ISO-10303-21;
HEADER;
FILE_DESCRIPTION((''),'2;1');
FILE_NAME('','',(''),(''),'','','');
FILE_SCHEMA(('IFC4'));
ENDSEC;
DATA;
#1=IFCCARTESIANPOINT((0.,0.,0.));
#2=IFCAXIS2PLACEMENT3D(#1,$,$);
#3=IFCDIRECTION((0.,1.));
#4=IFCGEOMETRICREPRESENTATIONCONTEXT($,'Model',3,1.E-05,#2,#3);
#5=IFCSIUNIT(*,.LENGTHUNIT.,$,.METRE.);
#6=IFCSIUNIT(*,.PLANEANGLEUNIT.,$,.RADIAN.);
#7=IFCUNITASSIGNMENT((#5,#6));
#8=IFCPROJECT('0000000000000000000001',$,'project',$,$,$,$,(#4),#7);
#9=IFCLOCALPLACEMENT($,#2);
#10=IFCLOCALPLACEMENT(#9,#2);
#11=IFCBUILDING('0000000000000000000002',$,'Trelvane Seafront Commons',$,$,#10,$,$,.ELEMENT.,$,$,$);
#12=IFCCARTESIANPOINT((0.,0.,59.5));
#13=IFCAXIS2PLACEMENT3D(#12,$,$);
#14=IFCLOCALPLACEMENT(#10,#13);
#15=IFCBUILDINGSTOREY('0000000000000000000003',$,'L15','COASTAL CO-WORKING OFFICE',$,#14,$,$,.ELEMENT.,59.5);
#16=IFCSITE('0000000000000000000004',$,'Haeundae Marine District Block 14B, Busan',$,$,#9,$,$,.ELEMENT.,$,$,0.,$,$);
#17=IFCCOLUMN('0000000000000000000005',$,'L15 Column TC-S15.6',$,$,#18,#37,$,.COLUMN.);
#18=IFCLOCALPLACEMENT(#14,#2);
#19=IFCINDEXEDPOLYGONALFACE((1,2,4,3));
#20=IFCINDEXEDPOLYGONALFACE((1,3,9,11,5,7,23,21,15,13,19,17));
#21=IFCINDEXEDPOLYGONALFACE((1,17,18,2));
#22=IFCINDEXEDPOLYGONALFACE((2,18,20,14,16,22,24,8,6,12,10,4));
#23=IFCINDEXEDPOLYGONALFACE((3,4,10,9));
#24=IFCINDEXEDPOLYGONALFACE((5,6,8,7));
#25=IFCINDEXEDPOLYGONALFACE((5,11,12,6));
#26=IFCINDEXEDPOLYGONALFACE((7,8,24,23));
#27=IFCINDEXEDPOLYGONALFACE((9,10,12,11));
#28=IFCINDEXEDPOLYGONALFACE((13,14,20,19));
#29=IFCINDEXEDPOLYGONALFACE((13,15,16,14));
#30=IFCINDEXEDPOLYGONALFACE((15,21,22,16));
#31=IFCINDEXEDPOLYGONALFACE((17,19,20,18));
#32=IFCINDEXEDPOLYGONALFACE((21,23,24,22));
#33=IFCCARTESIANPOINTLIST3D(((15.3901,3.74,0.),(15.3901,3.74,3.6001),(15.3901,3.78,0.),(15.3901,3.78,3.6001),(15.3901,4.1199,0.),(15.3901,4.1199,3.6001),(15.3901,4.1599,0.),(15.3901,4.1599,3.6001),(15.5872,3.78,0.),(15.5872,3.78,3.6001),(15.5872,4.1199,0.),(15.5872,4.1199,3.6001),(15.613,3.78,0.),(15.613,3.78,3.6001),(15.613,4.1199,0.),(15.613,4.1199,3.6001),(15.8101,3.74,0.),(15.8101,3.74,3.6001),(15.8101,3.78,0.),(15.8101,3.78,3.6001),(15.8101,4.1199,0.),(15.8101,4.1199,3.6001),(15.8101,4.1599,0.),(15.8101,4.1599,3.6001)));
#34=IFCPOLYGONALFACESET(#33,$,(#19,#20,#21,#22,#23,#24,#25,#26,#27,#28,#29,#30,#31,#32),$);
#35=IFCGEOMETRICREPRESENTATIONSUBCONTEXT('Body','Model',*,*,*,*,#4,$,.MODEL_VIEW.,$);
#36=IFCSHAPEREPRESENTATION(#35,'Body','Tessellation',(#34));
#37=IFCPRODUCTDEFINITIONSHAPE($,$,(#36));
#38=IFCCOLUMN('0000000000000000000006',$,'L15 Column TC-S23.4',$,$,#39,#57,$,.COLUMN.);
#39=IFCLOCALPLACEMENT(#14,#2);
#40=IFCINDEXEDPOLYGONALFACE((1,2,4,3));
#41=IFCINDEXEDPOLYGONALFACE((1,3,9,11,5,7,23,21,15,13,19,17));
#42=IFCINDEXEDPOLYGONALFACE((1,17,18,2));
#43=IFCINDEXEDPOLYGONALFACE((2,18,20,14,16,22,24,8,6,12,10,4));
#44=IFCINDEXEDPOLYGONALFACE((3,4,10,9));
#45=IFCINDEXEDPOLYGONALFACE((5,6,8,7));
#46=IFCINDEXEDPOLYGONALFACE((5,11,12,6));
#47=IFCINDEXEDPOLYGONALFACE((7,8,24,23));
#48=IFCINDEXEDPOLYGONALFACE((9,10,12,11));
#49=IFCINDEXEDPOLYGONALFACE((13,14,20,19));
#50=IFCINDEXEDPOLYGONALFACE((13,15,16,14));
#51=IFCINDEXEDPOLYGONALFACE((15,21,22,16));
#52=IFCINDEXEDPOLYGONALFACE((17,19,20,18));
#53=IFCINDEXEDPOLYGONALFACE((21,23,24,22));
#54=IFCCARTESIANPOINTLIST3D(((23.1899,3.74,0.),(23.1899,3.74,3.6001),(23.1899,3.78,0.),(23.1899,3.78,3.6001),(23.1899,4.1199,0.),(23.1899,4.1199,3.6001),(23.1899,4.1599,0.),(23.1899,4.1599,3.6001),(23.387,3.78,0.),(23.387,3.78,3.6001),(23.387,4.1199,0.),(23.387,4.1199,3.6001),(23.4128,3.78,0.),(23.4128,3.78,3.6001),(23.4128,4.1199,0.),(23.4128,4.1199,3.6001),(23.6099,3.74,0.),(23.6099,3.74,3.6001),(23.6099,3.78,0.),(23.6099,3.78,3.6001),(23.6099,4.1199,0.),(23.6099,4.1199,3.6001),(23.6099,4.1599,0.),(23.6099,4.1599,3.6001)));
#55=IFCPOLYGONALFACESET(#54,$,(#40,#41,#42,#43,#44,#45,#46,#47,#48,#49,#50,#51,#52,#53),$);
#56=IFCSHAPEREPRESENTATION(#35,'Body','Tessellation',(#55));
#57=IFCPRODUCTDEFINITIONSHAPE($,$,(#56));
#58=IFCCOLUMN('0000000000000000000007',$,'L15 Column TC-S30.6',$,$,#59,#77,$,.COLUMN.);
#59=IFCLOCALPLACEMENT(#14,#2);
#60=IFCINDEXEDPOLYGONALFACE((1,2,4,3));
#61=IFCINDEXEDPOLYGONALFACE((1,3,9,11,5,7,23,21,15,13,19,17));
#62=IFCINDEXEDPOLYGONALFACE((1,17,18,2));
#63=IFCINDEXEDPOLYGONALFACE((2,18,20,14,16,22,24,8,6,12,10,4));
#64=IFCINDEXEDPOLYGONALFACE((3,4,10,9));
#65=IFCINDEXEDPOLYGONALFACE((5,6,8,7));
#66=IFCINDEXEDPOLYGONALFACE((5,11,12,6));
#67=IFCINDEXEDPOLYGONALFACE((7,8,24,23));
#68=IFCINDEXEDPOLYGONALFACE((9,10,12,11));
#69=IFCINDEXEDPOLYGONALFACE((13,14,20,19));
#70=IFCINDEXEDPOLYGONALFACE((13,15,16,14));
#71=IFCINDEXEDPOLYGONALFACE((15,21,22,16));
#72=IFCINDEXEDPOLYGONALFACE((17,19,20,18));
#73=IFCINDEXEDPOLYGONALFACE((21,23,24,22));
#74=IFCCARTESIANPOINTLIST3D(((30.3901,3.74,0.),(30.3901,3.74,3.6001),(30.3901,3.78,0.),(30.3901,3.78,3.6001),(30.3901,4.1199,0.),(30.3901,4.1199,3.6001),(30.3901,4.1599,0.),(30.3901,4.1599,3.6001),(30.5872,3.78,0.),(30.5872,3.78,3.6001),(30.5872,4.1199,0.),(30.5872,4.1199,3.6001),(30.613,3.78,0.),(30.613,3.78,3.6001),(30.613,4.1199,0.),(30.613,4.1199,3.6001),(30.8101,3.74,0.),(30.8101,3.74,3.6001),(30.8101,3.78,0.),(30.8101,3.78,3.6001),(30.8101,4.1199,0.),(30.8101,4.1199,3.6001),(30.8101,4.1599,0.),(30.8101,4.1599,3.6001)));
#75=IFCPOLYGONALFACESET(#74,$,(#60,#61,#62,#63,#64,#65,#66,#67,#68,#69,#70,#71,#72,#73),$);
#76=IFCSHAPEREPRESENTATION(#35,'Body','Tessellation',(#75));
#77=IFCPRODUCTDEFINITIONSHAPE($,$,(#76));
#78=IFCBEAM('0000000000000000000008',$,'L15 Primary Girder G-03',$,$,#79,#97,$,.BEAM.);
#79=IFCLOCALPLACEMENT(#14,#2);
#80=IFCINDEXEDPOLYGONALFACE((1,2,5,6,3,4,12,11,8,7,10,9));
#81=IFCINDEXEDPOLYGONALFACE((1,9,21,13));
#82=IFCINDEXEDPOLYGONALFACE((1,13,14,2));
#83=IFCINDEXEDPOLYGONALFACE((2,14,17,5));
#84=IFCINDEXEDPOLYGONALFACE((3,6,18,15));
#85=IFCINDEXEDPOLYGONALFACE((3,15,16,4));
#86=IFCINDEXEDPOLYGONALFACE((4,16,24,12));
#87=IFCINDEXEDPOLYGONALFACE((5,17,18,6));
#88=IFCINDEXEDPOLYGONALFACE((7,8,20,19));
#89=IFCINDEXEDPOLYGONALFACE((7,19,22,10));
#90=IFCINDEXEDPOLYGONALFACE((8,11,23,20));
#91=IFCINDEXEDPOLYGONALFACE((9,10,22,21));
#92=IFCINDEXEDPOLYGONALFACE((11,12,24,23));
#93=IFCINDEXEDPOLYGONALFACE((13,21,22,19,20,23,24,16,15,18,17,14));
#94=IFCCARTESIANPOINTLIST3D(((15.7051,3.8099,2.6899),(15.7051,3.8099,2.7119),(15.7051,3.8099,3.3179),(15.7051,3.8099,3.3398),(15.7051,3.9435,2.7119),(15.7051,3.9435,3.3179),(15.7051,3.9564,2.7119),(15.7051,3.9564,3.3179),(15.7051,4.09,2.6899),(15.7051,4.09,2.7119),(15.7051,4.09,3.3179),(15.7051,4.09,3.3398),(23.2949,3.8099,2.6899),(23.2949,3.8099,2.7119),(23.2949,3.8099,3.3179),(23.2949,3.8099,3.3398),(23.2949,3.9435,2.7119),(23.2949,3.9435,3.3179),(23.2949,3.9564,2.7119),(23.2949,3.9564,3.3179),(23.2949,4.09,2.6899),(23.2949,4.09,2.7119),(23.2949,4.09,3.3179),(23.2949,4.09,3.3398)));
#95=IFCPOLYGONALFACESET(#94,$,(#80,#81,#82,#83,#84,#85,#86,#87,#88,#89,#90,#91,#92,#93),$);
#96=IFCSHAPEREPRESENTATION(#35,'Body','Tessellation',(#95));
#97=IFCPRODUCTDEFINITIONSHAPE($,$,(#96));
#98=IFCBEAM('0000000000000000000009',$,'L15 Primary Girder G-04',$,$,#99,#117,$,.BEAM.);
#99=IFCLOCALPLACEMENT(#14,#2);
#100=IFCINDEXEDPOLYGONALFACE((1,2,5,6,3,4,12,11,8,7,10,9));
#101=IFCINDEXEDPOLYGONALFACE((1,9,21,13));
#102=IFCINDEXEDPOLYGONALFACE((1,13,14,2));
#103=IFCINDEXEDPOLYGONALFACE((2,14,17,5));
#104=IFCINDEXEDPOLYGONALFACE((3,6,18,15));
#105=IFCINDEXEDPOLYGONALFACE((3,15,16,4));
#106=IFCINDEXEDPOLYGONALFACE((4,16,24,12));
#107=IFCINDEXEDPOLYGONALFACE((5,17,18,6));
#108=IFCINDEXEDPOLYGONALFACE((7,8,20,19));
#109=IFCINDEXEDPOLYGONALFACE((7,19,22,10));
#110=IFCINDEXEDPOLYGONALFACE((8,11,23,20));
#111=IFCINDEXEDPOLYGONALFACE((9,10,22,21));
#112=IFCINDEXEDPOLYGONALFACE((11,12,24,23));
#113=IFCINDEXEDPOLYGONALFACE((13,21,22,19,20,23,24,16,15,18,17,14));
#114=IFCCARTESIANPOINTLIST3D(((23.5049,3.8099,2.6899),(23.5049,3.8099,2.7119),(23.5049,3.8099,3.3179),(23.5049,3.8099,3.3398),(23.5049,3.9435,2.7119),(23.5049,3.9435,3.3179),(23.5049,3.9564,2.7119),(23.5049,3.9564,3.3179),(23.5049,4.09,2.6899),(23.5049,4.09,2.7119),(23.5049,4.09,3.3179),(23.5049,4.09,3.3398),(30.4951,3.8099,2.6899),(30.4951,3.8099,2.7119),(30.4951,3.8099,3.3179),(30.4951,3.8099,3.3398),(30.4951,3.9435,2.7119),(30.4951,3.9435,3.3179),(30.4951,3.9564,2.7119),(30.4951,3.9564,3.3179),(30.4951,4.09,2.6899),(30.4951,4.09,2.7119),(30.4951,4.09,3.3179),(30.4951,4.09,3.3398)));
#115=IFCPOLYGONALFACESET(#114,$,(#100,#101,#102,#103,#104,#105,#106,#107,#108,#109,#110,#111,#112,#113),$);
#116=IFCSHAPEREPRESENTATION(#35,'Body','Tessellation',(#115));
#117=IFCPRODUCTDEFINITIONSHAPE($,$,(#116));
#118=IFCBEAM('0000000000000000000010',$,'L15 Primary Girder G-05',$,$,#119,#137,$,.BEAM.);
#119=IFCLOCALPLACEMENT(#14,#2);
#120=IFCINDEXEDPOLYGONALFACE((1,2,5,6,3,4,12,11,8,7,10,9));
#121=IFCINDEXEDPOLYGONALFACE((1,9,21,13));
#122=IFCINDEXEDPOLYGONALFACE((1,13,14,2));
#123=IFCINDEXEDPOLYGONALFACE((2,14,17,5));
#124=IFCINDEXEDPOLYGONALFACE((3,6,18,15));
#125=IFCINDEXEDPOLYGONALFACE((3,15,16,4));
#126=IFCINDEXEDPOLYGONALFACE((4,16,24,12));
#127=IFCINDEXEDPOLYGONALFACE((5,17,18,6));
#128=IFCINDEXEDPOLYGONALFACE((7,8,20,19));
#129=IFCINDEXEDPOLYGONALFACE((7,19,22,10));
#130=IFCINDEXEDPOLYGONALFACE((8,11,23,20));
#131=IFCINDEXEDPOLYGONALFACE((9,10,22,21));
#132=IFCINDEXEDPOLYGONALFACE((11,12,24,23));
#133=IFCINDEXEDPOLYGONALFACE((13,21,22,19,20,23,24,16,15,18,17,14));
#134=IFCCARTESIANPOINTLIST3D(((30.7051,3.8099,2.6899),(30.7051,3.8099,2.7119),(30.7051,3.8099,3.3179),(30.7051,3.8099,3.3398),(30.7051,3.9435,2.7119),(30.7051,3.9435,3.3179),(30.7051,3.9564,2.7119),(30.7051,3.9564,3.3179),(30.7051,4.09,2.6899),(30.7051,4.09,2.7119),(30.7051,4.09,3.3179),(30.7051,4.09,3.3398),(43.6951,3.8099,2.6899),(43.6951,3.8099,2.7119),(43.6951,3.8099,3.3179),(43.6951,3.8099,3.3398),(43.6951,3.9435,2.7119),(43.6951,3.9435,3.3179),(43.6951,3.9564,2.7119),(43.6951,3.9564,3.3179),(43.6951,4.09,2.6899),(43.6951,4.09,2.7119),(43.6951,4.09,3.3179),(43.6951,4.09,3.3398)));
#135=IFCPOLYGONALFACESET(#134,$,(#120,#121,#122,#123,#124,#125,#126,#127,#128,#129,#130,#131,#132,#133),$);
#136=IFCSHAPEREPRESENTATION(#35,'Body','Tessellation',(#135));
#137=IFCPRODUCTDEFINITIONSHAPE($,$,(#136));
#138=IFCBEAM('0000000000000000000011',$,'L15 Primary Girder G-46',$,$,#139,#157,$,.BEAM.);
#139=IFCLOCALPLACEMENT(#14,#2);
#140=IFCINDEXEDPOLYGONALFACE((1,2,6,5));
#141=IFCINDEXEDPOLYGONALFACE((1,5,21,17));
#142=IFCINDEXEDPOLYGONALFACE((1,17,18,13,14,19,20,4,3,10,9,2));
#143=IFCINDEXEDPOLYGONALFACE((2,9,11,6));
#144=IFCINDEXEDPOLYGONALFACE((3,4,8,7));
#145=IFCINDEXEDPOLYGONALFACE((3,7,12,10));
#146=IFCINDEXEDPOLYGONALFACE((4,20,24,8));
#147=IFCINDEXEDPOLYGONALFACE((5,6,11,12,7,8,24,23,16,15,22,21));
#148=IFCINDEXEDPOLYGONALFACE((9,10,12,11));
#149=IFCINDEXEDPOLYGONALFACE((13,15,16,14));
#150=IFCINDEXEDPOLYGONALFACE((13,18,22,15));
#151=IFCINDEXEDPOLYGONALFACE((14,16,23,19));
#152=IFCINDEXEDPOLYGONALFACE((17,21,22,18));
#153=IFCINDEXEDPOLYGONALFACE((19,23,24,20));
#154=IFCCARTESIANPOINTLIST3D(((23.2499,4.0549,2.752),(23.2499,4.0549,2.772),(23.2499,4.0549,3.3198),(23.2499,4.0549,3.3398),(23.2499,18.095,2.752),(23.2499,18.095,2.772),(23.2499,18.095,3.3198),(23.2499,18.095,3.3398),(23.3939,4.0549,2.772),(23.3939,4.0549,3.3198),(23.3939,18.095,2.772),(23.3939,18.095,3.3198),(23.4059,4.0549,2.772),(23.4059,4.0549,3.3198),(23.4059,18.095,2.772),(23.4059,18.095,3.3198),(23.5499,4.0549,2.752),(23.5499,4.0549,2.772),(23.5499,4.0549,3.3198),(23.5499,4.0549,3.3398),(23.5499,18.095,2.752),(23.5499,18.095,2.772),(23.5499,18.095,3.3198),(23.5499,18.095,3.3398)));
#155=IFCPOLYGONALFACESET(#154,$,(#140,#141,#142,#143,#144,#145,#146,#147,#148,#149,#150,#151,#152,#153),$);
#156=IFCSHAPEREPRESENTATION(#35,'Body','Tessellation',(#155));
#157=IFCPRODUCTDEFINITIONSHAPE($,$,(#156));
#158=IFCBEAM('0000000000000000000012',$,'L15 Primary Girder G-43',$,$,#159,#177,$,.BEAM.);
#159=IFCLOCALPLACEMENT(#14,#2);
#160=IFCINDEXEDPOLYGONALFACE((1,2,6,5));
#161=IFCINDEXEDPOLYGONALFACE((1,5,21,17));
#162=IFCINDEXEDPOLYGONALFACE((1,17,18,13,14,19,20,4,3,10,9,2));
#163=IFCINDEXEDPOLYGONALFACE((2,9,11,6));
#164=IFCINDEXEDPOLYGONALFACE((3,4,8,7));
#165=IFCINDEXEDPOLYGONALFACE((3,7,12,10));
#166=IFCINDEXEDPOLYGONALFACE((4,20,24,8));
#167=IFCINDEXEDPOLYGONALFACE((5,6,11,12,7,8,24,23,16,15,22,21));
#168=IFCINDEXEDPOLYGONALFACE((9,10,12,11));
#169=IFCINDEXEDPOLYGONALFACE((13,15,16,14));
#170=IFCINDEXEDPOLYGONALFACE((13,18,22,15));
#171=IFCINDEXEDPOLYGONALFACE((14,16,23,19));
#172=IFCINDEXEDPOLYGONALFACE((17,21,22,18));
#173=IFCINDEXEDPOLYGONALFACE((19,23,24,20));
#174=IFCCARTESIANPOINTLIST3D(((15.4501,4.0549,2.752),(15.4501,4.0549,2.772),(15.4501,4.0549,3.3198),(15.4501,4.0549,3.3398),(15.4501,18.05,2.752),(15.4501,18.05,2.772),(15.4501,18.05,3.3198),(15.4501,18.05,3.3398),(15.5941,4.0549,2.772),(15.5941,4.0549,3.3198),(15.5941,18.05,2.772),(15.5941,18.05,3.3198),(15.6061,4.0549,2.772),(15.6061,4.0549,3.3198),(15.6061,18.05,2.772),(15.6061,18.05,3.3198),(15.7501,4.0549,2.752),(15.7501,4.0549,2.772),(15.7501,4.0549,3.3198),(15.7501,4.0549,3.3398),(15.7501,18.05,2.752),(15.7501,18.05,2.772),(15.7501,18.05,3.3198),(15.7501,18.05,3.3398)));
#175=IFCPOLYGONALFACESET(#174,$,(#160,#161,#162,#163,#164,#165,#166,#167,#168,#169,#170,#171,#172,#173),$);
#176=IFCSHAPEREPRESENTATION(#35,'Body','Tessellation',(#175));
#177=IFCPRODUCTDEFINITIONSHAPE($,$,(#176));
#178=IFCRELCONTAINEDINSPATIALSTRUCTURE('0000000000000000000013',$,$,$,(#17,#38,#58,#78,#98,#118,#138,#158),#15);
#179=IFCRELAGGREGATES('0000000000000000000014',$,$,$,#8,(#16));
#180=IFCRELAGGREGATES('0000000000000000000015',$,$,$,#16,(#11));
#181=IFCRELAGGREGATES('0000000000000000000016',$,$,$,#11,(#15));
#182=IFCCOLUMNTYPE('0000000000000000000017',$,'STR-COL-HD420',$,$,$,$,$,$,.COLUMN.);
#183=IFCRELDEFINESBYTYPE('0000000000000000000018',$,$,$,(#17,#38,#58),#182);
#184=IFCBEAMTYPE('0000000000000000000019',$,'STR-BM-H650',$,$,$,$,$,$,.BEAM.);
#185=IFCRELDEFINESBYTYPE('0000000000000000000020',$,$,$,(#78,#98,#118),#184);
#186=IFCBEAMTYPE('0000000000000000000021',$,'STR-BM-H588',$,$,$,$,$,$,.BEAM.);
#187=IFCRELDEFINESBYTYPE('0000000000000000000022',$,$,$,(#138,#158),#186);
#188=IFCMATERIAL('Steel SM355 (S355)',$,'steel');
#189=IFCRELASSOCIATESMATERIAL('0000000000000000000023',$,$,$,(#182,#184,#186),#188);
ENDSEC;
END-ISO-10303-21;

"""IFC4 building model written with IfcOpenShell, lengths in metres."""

from ifc_helpers import new_model, si_unit, direction, frame, origin, origin_2d, place, context, subcontext, project, spatial, i_section, extrude, source, transform, mapped, material, material_profile, profile_set, type_object, element, save


model = new_model("IFC4")

# Units and contexts
model_context = context("Model", 3, precision=1e-05, world=origin(), true_north=direction((0.0, 1.0)))
body_context = subcontext(model_context, "Body", "Model", "MODEL_VIEW")
ifc_project = project(units=[si_unit("LENGTHUNIT", "METRE"), si_unit("PLANEANGLEUNIT", "RADIAN")], contexts=[model_context])

# Site, building, storey
site_placement = place(None, origin())
site = spatial("IfcSite", under=ifc_project, at=site_placement, Name="Haeundae Marine District Block 14B, Busan", CompositionType="ELEMENT", RefElevation=0.0)
building_placement = place(site_placement, origin())
building = spatial("IfcBuilding", under=site, at=building_placement, Name="Trelvane Seafront Commons", CompositionType="ELEMENT")
storey_placement = place(building_placement, frame((0.0, 0.0, 59.5)))
storey = spatial("IfcBuildingStorey", under=building, at=storey_placement, Name="L15", Description="COASTAL CO-WORKING OFFICE", CompositionType="ELEMENT", Elevation=59.5)

# Columns
ifc_material_1 = material(Name="Steel SM355 (S355)", Category="steel")
ifc_material_profile_1 = material_profile(ifc_material_1, i_section(OverallWidth=0.4199, OverallDepth=0.4199, WebThickness=0.0259, FlangeThickness=0.04, at=origin_2d()), Name="HD-420x420x26x40")
ifc_profile_set_1 = profile_set([ifc_material_profile_1], Name="Steel SM355 (S355)")
column_type = type_object("IfcColumnType", Name="STR-COL-HD420", PredefinedType="COLUMN", material=ifc_profile_set_1)
shared_shape_1 = source(origin(), body_context, "Body", "SweptSolid", [
    extrude(i_section(OverallWidth=0.4199, OverallDepth=0.4199, WebThickness=0.0259, FlangeThickness=0.04, at=origin_2d()), origin(), (0.0, 0.0, 1.0), 3.6001),
])
for number, where, z_axis, x_axis, name in (
    (1, (15.6001, 3.95, 0.0), (0.0, 0.0, 1.0), (1.0, 0.0, 0.0), "L15 Column TC-S15.6"),
    (2, (23.3999, 3.95, 0.0), (0.0, 0.0, 1.0), (1.0, 0.0, 0.0), "L15 Column TC-S23.4"),
    (3, (30.6001, 3.95, 0.0), (0.0, 0.0, 1.0), (1.0, 0.0, 0.0), "L15 Column TC-S30.6"),
):
    element("IfcColumn", number, at=place(storey_placement, frame(where, z_axis=z_axis, x_axis=x_axis)), inside=storey, type_object=column_type, Name=name, PredefinedType="COLUMN", context=body_context, shape_type="MappedRepresentation", body=[
        mapped(shared_shape_1, transform((0.0, 0.0, 0.0), x_axis=(1.0, 0.0, 0.0), y_axis=(0.0, 1.0, 0.0), z_axis=(0.0, 0.0, 1.0), scale=1.0)),
    ])

# Beams
ifc_material_profile_2 = material_profile(ifc_material_1, i_section(OverallWidth=0.28, OverallDepth=0.6499, WebThickness=0.0129, FlangeThickness=0.022, at=origin_2d()), Name="H-650x280x13x22")
ifc_profile_set_2 = profile_set([ifc_material_profile_2], Name="Steel SM355 (S355)")
beam_type_1 = type_object("IfcBeamType", Name="STR-BM-H650", PredefinedType="BEAM", material=ifc_profile_set_2)
shared_shape_2 = source(origin(), body_context, "Body", "SweptSolid", [
    extrude(i_section(OverallWidth=0.28, OverallDepth=0.6499, WebThickness=0.0129, FlangeThickness=0.022, at=origin_2d()), origin(), (0.0, 0.0, 1.0), 7.5898),
])
beam_1_placement = place(storey_placement, frame((15.7051, 3.95, 3.0149), z_axis=(1.0, 0.0, 0.0), x_axis=(0.0, 1.0, 0.0)))
element("IfcBeam", 4, at=beam_1_placement, inside=storey, type_object=beam_type_1, Name="L15 Primary Girder G-03", PredefinedType="BEAM", context=body_context, shape_type="MappedRepresentation", body=[
    mapped(shared_shape_2, transform((0.0, 0.0, 0.0), x_axis=(1.0, 0.0, 0.0), y_axis=(0.0, 1.0, 0.0), z_axis=(0.0, 0.0, 1.0), scale=1.0)),
])
shared_shape_3 = source(origin(), body_context, "Body", "SweptSolid", [
    extrude(i_section(OverallWidth=0.28, OverallDepth=0.6499, WebThickness=0.0129, FlangeThickness=0.022, at=origin_2d()), origin(), (0.0, 0.0, 1.0), 6.9902),
])
beam_2_placement = place(storey_placement, frame((23.5049, 3.95, 3.0149), z_axis=(1.0, 0.0, 0.0), x_axis=(0.0, 1.0, 0.0)))
element("IfcBeam", 5, at=beam_2_placement, inside=storey, type_object=beam_type_1, Name="L15 Primary Girder G-04", PredefinedType="BEAM", context=body_context, shape_type="MappedRepresentation", body=[
    mapped(shared_shape_3, transform((0.0, 0.0, 0.0), x_axis=(1.0, 0.0, 0.0), y_axis=(0.0, 1.0, 0.0), z_axis=(0.0, 0.0, 1.0), scale=1.0)),
])
shared_shape_4 = source(origin(), body_context, "Body", "SweptSolid", [
    extrude(i_section(OverallWidth=0.28, OverallDepth=0.6499, WebThickness=0.0129, FlangeThickness=0.022, at=origin_2d()), origin(), (0.0, 0.0, 1.0), 12.99),
])
beam_3_placement = place(storey_placement, frame((30.7051, 3.95, 3.0149), z_axis=(1.0, 0.0, 0.0), x_axis=(0.0, 1.0, 0.0)))
element("IfcBeam", 6, at=beam_3_placement, inside=storey, type_object=beam_type_1, Name="L15 Primary Girder G-05", PredefinedType="BEAM", context=body_context, shape_type="MappedRepresentation", body=[
    mapped(shared_shape_4, transform((0.0, 0.0, 0.0), x_axis=(1.0, 0.0, 0.0), y_axis=(0.0, 1.0, 0.0), z_axis=(0.0, 0.0, 1.0), scale=1.0)),
])
ifc_material_profile_3 = material_profile(ifc_material_1, i_section(OverallWidth=0.3, OverallDepth=0.5879, WebThickness=0.012, FlangeThickness=0.02, at=origin_2d()), Name="H-588x300x12x20")
ifc_profile_set_3 = profile_set([ifc_material_profile_3], Name="Steel SM355 (S355)")
beam_type_2 = type_object("IfcBeamType", Name="STR-BM-H588", PredefinedType="BEAM", material=ifc_profile_set_3)
shared_shape_5 = source(origin(), body_context, "Body", "SweptSolid", [
    extrude(i_section(OverallWidth=0.3, OverallDepth=0.5879, WebThickness=0.012, FlangeThickness=0.02, at=origin_2d()), origin(), (0.0, 0.0, 1.0), 14.04),
])
beam_4_placement = place(storey_placement, frame((23.3999, 4.0549, 3.0459), z_axis=(0.0, 1.0, 0.0), x_axis=(-1.0, 0.0, 0.0)))
element("IfcBeam", 7, at=beam_4_placement, inside=storey, type_object=beam_type_2, Name="L15 Primary Girder G-46", PredefinedType="BEAM", context=body_context, shape_type="MappedRepresentation", body=[
    mapped(shared_shape_5, transform((0.0, 0.0, 0.0), x_axis=(1.0, 0.0, 0.0), y_axis=(0.0, 1.0, 0.0), z_axis=(0.0, 0.0, 1.0), scale=1.0)),
])
shared_shape_6 = source(origin(), body_context, "Body", "SweptSolid", [
    extrude(i_section(OverallWidth=0.3, OverallDepth=0.5879, WebThickness=0.012, FlangeThickness=0.02, at=origin_2d()), origin(), (0.0, 0.0, 1.0), 13.9951),
])
for number, where, z_axis, x_axis, name in (
    (8, (15.6001, 4.0549, 3.0459), (0.0, 1.0, 0.0), (-1.0, 0.0, 0.0), "L15 Primary Girder G-43"),
):
    element("IfcBeam", number, at=place(storey_placement, frame(where, z_axis=z_axis, x_axis=x_axis)), inside=storey, type_object=beam_type_2, Name=name, PredefinedType="BEAM", context=body_context, shape_type="MappedRepresentation", body=[
        mapped(shared_shape_6, transform((0.0, 0.0, 0.0), x_axis=(1.0, 0.0, 0.0), y_axis=(0.0, 1.0, 0.0), z_axis=(0.0, 0.0, 1.0), scale=1.0)),
    ])

save(model, "model.ifc")
